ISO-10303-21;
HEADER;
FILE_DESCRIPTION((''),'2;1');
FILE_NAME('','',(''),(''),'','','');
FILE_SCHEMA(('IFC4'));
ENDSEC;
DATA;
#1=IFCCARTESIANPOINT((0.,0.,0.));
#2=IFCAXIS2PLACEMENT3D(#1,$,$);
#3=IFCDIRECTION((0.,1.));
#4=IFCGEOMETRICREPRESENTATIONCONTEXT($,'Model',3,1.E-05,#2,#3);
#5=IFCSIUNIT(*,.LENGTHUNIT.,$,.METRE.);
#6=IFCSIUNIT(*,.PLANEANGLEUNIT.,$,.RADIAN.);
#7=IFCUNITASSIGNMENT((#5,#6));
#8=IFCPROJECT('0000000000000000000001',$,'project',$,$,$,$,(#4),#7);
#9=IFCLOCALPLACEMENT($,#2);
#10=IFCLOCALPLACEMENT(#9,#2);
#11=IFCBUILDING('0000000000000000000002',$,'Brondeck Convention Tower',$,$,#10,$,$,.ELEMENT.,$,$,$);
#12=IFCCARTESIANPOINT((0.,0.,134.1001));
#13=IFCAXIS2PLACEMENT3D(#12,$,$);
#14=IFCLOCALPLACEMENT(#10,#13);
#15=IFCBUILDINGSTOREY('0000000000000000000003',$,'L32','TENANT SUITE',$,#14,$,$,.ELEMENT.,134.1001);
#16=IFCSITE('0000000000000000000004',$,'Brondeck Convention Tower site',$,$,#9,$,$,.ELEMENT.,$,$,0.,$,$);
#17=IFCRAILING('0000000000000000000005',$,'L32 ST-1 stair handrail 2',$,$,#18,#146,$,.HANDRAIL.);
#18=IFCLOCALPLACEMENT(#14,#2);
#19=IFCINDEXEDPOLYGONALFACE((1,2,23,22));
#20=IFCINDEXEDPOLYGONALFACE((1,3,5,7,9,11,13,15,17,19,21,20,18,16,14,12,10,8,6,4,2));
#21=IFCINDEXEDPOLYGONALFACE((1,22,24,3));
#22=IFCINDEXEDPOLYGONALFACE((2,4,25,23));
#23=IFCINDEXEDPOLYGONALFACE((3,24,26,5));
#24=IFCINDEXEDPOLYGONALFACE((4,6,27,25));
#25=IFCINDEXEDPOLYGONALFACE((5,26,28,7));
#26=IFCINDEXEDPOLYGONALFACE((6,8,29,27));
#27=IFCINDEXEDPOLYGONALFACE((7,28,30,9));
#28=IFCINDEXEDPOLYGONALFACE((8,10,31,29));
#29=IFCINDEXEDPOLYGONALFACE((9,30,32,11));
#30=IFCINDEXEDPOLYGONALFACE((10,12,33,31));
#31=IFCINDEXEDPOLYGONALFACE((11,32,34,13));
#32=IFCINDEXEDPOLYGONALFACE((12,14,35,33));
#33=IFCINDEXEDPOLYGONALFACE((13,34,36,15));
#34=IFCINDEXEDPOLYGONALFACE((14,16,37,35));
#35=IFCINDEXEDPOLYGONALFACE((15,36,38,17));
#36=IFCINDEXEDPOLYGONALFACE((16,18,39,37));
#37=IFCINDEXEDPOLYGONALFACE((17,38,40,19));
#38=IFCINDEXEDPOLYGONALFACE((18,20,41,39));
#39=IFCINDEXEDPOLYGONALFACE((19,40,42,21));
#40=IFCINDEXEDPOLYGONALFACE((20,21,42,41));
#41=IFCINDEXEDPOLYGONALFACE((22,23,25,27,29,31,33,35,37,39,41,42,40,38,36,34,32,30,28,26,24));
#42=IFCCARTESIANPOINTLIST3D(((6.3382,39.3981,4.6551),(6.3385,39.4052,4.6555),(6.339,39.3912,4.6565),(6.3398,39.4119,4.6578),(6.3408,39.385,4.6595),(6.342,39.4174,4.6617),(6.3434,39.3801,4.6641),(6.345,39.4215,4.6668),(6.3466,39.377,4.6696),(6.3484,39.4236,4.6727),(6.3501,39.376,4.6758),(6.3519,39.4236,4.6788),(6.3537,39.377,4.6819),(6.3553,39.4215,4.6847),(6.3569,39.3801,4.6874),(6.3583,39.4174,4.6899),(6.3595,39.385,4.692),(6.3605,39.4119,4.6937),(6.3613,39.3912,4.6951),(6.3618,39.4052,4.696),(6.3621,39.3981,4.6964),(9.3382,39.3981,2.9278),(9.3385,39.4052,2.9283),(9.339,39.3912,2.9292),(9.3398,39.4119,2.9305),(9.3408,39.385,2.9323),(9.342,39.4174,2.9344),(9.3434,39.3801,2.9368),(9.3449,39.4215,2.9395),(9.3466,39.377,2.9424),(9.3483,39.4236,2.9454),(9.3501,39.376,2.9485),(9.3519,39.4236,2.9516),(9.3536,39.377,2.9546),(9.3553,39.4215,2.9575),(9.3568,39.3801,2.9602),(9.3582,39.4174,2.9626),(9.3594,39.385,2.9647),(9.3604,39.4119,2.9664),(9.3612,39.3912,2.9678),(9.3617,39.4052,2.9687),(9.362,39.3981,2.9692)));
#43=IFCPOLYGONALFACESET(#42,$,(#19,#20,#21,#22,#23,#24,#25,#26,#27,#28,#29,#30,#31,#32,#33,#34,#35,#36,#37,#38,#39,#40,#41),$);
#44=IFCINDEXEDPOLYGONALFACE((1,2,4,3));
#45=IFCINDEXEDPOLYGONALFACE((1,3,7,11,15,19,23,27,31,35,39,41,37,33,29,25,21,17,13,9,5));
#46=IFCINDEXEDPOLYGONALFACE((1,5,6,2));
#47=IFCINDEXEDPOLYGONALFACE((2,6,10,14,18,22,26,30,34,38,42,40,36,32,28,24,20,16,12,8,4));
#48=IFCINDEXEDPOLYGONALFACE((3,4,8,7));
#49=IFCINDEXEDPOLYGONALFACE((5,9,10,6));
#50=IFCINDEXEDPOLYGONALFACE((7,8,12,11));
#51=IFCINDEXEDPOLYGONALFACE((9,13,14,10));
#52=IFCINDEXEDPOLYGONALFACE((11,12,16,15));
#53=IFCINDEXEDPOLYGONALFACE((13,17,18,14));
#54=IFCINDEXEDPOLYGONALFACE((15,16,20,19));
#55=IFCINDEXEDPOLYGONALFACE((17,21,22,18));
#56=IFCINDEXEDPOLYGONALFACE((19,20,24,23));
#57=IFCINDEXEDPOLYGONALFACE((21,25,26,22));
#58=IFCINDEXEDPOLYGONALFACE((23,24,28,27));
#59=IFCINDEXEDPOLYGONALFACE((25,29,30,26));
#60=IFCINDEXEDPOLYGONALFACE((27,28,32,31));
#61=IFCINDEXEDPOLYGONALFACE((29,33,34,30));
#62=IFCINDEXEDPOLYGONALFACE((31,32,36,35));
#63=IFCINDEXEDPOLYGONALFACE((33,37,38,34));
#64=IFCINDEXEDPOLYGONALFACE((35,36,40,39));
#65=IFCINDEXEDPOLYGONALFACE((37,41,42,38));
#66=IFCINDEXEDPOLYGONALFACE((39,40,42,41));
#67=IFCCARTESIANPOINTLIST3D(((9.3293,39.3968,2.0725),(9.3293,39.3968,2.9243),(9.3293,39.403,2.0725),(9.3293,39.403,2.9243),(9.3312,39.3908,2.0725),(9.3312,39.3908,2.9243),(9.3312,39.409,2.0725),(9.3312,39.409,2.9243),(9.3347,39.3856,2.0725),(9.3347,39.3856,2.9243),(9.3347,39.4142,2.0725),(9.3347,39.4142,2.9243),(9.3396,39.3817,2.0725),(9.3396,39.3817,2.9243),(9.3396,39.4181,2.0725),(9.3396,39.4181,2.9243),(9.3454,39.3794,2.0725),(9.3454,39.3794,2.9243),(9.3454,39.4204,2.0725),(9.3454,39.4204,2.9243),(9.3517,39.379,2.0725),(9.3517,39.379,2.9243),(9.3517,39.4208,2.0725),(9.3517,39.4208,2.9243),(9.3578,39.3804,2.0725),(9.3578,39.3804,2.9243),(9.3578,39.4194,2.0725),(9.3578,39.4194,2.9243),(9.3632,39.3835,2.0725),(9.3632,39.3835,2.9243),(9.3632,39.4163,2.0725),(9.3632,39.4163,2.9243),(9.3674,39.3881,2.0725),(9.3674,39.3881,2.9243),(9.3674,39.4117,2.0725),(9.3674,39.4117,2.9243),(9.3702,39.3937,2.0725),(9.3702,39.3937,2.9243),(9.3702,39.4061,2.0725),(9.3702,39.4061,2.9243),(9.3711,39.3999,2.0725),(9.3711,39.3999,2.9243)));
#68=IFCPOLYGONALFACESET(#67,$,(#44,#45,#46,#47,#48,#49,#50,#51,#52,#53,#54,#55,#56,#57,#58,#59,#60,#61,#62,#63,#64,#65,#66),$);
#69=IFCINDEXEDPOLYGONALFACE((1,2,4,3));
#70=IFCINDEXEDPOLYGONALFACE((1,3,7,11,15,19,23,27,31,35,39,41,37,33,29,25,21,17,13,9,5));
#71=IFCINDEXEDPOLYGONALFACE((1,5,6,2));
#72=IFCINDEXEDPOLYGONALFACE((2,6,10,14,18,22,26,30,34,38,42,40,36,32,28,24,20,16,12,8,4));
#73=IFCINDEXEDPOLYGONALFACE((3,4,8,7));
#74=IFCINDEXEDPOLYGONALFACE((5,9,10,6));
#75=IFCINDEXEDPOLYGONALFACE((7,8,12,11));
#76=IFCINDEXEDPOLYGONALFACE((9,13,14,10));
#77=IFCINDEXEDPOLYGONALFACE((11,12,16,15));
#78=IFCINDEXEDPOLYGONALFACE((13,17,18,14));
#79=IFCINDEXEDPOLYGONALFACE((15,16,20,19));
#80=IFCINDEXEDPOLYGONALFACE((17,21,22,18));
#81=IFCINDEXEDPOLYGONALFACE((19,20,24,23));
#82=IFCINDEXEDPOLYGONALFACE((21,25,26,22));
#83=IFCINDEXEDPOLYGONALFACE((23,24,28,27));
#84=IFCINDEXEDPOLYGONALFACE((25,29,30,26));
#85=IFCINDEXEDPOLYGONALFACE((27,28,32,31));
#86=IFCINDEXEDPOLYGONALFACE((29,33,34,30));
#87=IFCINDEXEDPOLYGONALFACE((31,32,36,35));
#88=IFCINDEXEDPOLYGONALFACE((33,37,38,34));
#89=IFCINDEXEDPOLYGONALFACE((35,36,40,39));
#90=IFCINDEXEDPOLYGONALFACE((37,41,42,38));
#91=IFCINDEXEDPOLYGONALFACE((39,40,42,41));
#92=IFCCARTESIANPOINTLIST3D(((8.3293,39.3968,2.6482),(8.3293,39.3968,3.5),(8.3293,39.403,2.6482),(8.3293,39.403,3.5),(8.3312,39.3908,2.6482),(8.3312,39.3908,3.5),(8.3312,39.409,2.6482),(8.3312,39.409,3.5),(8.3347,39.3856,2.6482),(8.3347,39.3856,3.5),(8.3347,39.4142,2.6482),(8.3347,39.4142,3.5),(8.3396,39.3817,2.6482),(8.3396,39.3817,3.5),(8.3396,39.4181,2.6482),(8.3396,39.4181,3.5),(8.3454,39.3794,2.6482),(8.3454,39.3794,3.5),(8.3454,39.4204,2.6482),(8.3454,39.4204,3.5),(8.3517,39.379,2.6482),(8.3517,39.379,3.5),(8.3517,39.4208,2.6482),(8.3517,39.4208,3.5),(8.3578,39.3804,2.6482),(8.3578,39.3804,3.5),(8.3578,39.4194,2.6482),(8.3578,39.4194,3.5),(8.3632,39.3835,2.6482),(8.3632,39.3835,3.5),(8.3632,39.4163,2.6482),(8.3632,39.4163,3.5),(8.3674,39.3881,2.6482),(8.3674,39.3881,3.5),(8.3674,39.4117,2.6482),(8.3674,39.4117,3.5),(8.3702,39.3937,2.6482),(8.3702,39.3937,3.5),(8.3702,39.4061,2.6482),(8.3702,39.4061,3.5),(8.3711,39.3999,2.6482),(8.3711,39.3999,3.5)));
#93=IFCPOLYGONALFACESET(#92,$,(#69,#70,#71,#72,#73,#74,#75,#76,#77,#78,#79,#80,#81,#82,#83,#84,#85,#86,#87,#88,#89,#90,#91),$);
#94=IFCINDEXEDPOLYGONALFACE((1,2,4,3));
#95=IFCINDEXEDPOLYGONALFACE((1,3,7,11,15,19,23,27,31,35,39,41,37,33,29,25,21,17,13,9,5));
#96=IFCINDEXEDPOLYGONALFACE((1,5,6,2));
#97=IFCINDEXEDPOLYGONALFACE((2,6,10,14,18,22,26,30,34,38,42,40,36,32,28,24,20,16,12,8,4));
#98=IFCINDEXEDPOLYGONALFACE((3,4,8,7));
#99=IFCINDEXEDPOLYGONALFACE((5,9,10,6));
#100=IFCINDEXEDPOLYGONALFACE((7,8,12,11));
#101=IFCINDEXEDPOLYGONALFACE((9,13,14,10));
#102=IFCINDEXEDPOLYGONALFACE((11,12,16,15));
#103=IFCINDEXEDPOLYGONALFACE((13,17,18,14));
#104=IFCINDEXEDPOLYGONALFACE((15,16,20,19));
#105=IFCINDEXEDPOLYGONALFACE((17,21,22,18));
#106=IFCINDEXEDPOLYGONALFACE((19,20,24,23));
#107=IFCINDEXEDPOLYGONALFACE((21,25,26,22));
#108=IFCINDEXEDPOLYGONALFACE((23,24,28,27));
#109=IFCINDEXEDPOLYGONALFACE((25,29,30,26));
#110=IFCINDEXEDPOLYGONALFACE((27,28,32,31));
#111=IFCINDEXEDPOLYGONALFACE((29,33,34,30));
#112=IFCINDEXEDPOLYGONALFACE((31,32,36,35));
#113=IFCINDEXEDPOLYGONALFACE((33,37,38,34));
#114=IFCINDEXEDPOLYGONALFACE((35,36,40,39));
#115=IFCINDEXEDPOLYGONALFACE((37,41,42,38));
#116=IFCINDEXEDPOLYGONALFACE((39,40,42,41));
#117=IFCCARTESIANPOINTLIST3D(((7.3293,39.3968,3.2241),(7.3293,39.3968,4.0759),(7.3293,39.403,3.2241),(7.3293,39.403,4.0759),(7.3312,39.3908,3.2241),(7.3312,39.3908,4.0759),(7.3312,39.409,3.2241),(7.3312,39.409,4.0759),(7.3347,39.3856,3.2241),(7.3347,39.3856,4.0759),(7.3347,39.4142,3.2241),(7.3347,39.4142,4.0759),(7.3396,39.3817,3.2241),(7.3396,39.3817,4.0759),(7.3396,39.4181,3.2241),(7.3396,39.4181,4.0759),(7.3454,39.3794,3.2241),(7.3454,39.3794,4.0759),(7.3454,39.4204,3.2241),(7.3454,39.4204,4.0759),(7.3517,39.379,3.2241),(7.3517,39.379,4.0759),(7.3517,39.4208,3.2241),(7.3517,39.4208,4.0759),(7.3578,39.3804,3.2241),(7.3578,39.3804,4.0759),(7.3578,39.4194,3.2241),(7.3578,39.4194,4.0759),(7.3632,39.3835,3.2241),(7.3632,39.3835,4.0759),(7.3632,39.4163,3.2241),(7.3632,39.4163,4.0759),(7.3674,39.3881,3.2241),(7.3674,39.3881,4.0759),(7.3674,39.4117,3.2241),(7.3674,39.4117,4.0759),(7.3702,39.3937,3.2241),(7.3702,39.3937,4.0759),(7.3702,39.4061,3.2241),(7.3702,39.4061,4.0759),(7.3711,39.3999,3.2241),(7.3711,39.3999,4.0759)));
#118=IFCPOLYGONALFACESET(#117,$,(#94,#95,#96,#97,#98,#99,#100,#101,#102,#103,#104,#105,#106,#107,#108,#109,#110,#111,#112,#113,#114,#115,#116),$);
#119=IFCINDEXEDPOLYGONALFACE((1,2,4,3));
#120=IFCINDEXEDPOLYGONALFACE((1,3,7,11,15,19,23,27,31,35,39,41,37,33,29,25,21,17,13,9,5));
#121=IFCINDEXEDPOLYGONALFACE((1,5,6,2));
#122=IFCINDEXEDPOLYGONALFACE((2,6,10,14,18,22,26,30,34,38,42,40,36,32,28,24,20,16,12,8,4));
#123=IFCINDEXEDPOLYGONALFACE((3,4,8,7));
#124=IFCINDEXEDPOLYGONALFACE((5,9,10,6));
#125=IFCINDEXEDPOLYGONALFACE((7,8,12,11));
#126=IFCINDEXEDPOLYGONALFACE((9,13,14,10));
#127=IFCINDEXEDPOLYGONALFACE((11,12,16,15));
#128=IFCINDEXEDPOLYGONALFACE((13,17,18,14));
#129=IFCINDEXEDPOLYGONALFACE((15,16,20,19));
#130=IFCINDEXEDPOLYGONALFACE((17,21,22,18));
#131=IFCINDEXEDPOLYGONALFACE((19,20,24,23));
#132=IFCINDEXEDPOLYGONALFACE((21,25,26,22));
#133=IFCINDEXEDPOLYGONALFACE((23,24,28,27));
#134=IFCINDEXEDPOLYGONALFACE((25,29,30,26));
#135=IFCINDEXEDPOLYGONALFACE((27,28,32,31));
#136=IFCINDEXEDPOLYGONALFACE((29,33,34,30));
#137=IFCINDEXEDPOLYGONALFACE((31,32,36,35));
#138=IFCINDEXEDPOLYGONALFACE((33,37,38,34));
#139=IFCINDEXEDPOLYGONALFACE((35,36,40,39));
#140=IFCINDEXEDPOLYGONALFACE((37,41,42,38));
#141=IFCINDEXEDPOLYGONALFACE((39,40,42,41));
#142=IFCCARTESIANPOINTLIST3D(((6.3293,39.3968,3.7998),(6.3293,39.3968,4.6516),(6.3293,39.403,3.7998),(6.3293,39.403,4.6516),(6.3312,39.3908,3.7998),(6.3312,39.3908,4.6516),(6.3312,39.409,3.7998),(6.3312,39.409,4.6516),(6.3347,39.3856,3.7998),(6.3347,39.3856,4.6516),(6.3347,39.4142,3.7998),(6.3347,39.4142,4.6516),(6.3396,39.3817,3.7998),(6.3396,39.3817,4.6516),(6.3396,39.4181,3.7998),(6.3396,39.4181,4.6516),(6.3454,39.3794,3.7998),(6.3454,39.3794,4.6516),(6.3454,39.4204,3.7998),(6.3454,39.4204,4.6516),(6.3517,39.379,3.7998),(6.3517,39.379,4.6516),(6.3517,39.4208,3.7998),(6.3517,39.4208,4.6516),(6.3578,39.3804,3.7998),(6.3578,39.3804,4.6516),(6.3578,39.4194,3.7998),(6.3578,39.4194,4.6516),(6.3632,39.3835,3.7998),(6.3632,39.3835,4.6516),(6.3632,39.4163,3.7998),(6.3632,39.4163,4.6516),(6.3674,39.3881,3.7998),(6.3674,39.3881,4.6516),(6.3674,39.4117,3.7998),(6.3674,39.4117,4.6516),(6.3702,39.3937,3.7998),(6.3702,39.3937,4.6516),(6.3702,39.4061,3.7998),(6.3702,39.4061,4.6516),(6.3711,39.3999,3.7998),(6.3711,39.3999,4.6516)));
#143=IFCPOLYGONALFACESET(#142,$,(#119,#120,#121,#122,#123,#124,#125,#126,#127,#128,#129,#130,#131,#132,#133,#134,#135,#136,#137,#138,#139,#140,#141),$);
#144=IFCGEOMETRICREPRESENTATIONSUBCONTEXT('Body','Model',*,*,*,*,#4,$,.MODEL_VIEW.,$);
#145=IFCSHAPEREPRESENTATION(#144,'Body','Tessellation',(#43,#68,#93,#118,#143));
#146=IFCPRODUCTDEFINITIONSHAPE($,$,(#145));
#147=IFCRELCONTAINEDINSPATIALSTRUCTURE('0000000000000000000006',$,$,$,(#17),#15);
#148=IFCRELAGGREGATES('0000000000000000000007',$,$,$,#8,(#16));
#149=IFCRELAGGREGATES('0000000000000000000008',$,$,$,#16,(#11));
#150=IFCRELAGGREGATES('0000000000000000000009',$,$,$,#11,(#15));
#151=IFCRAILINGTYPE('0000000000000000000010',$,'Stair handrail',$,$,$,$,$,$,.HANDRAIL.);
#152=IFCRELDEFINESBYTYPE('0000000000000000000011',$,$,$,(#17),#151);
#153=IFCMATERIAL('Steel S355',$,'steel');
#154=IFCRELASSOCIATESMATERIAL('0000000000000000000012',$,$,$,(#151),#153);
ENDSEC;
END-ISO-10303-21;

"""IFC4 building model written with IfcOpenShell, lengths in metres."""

from ifc_helpers import new_model, si_unit, direction, frame, origin, origin_2d, place, context, subcontext, project, spatial, circle, extrude, material, type_object, element, save


model = new_model("IFC4")

# Units and contexts
model_context = context("Model", 3, precision=1e-05, world=origin(), true_north=direction((0.0, 1.0)))
body_context = subcontext(model_context, "Body", "Model", "MODEL_VIEW")
ifc_project = project(units=[si_unit("LENGTHUNIT", "METRE"), si_unit("PLANEANGLEUNIT", "RADIAN")], contexts=[model_context])

# Site, building, storey
site_placement = place(None, origin())
site = spatial("IfcSite", under=ifc_project, at=site_placement, Name="Brondeck Convention Tower site", CompositionType="ELEMENT", RefElevation=0.0)
building_placement = place(site_placement, origin())
building = spatial("IfcBuilding", under=site, at=building_placement, Name="Brondeck Convention Tower", CompositionType="ELEMENT")
storey_placement = place(building_placement, frame((0.0, 0.0, 134.1001)))
storey = spatial("IfcBuildingStorey", under=building, at=storey_placement, Name="L32", Description="TENANT SUITE", CompositionType="ELEMENT", Elevation=134.1001)

# Railing
ifc_material_1 = material(Name="Steel S355", Category="steel")
railing_type = type_object("IfcRailingType", Name="Stair handrail", PredefinedType="HANDRAIL", material=ifc_material_1)
railing_placement = place(storey_placement, frame((9.3501, 39.3999, 2.0725)))
element("IfcRailing", 1, at=railing_placement, inside=storey, type_object=railing_type, Name="L32 ST-1 stair handrail 2", PredefinedType="HANDRAIL", context=body_context, shape_type="SweptSolid", body=[
    extrude(circle(Radius=0.0239, at=origin_2d()), frame((0.0, 0.0, 0.876), z_axis=(-0.86662, 0.0, 0.498969), x_axis=(0.0, -1.0, 0.0)), (0.0, 0.0, 1.0), 3.4617),
    extrude(circle(Radius=0.021, at=origin_2d()), origin(), (0.0, 0.0, 1.0), 0.8518),
    extrude(circle(Radius=0.021, at=origin_2d()), frame((-1.0, 0.0, 0.5757)), (0.0, 0.0, 1.0), 0.8518),
    extrude(circle(Radius=0.021, at=origin_2d()), frame((-2.0, 0.0, 1.1516)), (0.0, 0.0, 1.0), 0.8518),
    extrude(circle(Radius=0.021, at=origin_2d()), frame((-3.0, 0.0, 1.7273)), (0.0, 0.0, 1.0), 0.8518),
])

save(model, "model.ifc")
